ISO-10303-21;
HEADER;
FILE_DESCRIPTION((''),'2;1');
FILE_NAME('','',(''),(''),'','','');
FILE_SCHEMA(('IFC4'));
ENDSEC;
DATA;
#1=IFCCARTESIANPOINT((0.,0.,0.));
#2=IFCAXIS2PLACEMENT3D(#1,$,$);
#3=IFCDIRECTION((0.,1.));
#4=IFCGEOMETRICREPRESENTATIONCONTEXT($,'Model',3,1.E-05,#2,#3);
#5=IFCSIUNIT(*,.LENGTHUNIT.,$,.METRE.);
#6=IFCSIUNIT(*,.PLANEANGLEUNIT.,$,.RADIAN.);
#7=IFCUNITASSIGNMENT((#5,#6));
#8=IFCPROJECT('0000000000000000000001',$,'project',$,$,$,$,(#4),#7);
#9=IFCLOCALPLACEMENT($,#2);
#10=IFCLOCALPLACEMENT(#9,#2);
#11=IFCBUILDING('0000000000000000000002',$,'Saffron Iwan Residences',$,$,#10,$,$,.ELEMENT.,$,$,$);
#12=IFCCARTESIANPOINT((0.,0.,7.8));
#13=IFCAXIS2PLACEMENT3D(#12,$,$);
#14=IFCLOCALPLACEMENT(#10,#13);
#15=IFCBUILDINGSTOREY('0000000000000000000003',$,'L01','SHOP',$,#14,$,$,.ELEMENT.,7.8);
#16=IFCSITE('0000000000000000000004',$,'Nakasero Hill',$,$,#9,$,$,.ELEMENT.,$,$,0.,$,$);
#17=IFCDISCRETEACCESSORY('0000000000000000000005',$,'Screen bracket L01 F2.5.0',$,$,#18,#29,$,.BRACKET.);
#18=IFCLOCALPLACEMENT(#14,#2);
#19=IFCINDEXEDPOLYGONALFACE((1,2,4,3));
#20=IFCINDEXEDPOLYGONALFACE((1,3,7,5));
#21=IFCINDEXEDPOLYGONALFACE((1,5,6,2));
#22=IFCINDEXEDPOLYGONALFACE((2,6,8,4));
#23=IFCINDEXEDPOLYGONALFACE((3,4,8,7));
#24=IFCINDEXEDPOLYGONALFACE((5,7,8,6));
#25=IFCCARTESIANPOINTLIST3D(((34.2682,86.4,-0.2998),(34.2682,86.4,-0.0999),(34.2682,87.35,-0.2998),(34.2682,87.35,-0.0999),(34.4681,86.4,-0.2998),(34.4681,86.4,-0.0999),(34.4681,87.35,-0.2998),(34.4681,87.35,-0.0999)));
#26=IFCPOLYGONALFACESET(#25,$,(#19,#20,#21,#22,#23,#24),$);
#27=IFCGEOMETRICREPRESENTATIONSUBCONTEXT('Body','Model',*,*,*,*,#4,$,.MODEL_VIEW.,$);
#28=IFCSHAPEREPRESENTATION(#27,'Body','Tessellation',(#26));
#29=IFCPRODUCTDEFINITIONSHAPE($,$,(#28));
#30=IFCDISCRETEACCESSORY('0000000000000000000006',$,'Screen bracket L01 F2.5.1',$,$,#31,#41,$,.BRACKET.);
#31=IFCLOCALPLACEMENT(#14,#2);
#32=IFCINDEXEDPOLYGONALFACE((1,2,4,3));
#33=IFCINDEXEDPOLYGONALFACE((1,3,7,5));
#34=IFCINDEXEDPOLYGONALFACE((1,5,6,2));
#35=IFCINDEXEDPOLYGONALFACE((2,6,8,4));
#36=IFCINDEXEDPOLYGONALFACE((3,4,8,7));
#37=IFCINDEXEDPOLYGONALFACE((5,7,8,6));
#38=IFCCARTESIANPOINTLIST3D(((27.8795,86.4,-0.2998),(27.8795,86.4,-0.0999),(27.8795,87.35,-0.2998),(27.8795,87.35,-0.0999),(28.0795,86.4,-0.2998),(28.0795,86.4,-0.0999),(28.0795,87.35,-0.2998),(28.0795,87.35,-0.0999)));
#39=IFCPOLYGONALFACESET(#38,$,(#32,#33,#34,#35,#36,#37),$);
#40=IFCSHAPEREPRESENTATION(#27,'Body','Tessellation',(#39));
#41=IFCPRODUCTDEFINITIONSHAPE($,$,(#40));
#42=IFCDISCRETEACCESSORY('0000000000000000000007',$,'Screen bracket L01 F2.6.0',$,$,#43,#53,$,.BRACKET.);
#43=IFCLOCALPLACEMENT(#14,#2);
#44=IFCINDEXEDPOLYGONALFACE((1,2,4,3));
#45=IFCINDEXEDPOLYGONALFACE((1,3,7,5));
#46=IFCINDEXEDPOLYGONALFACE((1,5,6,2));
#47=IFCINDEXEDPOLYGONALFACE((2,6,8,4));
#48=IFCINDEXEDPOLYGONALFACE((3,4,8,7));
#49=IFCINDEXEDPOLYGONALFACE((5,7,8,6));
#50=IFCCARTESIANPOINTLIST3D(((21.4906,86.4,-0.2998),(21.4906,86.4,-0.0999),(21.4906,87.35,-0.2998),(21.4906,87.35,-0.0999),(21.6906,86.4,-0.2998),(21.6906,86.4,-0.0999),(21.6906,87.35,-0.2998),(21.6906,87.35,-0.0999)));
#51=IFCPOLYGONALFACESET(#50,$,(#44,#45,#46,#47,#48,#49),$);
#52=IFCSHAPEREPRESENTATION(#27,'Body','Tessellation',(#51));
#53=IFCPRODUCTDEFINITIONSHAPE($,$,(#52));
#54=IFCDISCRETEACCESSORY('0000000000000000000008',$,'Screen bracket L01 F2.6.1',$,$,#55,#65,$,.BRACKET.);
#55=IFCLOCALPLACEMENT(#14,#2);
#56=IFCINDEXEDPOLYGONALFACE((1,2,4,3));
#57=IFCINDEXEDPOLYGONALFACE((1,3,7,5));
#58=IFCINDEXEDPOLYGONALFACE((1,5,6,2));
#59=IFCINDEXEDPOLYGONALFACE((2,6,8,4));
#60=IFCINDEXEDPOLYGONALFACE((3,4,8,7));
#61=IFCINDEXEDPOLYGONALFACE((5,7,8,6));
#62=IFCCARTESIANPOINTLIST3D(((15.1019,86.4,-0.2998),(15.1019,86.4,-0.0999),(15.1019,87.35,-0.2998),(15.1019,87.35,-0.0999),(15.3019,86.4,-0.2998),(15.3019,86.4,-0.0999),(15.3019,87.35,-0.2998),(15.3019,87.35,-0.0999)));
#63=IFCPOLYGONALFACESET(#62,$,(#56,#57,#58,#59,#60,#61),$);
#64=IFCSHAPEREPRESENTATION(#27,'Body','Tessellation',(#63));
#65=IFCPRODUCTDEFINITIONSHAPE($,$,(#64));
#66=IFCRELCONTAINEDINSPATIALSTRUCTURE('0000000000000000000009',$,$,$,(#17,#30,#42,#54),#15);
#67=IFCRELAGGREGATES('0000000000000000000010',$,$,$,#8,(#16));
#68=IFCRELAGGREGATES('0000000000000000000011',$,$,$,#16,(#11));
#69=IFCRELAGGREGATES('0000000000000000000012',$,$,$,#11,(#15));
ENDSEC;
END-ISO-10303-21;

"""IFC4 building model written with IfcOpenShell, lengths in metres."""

from ifc_helpers import new_model, si_unit, direction, frame, origin, origin_2d, place, context, subcontext, project, spatial, rectangle, extrude, source, transform, mapped, element, save


model = new_model("IFC4")

# Units and contexts
model_context = context("Model", 3, precision=1e-05, world=origin(), true_north=direction((0.0, 1.0)))
body_context = subcontext(model_context, "Body", "Model", "MODEL_VIEW")
ifc_project = project(units=[si_unit("LENGTHUNIT", "METRE"), si_unit("PLANEANGLEUNIT", "RADIAN")], contexts=[model_context])

# Site, building, storey
site_placement = place(None, origin())
site = spatial("IfcSite", under=ifc_project, at=site_placement, Name="Nakasero Hill", CompositionType="ELEMENT", RefElevation=0.0)
building_placement = place(site_placement, origin())
building = spatial("IfcBuilding", under=site, at=building_placement, Name="Saffron Iwan Residences", CompositionType="ELEMENT")
storey_placement = place(building_placement, frame((0.0, 0.0, 7.8)))
storey = spatial("IfcBuildingStorey", under=building, at=storey_placement, Name="L01", Description="SHOP", CompositionType="ELEMENT", Elevation=7.8)

# Discrete accessories
shared_shape_1 = source(origin(), body_context, "Body", "SweptSolid", [
    extrude(rectangle(XDim=0.95, YDim=0.2, at=origin_2d()), origin(), (0.0, 0.0, 1.0), 0.2),
])
for number, where, z_axis, x_axis, name in (
    (1, (34.3682, 86.875, -0.2998), (0.0, 0.0, 1.0), (0.0, 1.0, 0.0), "Screen bracket L01 F2.5.0"),
    (2, (27.9795, 86.875, -0.2998), (0.0, 0.0, 1.0), (0.0, 1.0, 0.0), "Screen bracket L01 F2.5.1"),
    (3, (21.5906, 86.875, -0.2998), (0.0, 0.0, 1.0), (0.0, 1.0, 0.0), "Screen bracket L01 F2.6.0"),
    (4, (15.2019, 86.875, -0.2998), (0.0, 0.0, 1.0), (0.0, 1.0, 0.0), "Screen bracket L01 F2.6.1"),
):
    element("IfcDiscreteAccessory", number, at=place(storey_placement, frame(where, z_axis=z_axis, x_axis=x_axis)), inside=storey, Name=name, PredefinedType="BRACKET", context=body_context, shape_type="MappedRepresentation", body=[
        mapped(shared_shape_1, transform((0.0, 0.0, 0.0))),
    ])

save(model, "model.ifc")
